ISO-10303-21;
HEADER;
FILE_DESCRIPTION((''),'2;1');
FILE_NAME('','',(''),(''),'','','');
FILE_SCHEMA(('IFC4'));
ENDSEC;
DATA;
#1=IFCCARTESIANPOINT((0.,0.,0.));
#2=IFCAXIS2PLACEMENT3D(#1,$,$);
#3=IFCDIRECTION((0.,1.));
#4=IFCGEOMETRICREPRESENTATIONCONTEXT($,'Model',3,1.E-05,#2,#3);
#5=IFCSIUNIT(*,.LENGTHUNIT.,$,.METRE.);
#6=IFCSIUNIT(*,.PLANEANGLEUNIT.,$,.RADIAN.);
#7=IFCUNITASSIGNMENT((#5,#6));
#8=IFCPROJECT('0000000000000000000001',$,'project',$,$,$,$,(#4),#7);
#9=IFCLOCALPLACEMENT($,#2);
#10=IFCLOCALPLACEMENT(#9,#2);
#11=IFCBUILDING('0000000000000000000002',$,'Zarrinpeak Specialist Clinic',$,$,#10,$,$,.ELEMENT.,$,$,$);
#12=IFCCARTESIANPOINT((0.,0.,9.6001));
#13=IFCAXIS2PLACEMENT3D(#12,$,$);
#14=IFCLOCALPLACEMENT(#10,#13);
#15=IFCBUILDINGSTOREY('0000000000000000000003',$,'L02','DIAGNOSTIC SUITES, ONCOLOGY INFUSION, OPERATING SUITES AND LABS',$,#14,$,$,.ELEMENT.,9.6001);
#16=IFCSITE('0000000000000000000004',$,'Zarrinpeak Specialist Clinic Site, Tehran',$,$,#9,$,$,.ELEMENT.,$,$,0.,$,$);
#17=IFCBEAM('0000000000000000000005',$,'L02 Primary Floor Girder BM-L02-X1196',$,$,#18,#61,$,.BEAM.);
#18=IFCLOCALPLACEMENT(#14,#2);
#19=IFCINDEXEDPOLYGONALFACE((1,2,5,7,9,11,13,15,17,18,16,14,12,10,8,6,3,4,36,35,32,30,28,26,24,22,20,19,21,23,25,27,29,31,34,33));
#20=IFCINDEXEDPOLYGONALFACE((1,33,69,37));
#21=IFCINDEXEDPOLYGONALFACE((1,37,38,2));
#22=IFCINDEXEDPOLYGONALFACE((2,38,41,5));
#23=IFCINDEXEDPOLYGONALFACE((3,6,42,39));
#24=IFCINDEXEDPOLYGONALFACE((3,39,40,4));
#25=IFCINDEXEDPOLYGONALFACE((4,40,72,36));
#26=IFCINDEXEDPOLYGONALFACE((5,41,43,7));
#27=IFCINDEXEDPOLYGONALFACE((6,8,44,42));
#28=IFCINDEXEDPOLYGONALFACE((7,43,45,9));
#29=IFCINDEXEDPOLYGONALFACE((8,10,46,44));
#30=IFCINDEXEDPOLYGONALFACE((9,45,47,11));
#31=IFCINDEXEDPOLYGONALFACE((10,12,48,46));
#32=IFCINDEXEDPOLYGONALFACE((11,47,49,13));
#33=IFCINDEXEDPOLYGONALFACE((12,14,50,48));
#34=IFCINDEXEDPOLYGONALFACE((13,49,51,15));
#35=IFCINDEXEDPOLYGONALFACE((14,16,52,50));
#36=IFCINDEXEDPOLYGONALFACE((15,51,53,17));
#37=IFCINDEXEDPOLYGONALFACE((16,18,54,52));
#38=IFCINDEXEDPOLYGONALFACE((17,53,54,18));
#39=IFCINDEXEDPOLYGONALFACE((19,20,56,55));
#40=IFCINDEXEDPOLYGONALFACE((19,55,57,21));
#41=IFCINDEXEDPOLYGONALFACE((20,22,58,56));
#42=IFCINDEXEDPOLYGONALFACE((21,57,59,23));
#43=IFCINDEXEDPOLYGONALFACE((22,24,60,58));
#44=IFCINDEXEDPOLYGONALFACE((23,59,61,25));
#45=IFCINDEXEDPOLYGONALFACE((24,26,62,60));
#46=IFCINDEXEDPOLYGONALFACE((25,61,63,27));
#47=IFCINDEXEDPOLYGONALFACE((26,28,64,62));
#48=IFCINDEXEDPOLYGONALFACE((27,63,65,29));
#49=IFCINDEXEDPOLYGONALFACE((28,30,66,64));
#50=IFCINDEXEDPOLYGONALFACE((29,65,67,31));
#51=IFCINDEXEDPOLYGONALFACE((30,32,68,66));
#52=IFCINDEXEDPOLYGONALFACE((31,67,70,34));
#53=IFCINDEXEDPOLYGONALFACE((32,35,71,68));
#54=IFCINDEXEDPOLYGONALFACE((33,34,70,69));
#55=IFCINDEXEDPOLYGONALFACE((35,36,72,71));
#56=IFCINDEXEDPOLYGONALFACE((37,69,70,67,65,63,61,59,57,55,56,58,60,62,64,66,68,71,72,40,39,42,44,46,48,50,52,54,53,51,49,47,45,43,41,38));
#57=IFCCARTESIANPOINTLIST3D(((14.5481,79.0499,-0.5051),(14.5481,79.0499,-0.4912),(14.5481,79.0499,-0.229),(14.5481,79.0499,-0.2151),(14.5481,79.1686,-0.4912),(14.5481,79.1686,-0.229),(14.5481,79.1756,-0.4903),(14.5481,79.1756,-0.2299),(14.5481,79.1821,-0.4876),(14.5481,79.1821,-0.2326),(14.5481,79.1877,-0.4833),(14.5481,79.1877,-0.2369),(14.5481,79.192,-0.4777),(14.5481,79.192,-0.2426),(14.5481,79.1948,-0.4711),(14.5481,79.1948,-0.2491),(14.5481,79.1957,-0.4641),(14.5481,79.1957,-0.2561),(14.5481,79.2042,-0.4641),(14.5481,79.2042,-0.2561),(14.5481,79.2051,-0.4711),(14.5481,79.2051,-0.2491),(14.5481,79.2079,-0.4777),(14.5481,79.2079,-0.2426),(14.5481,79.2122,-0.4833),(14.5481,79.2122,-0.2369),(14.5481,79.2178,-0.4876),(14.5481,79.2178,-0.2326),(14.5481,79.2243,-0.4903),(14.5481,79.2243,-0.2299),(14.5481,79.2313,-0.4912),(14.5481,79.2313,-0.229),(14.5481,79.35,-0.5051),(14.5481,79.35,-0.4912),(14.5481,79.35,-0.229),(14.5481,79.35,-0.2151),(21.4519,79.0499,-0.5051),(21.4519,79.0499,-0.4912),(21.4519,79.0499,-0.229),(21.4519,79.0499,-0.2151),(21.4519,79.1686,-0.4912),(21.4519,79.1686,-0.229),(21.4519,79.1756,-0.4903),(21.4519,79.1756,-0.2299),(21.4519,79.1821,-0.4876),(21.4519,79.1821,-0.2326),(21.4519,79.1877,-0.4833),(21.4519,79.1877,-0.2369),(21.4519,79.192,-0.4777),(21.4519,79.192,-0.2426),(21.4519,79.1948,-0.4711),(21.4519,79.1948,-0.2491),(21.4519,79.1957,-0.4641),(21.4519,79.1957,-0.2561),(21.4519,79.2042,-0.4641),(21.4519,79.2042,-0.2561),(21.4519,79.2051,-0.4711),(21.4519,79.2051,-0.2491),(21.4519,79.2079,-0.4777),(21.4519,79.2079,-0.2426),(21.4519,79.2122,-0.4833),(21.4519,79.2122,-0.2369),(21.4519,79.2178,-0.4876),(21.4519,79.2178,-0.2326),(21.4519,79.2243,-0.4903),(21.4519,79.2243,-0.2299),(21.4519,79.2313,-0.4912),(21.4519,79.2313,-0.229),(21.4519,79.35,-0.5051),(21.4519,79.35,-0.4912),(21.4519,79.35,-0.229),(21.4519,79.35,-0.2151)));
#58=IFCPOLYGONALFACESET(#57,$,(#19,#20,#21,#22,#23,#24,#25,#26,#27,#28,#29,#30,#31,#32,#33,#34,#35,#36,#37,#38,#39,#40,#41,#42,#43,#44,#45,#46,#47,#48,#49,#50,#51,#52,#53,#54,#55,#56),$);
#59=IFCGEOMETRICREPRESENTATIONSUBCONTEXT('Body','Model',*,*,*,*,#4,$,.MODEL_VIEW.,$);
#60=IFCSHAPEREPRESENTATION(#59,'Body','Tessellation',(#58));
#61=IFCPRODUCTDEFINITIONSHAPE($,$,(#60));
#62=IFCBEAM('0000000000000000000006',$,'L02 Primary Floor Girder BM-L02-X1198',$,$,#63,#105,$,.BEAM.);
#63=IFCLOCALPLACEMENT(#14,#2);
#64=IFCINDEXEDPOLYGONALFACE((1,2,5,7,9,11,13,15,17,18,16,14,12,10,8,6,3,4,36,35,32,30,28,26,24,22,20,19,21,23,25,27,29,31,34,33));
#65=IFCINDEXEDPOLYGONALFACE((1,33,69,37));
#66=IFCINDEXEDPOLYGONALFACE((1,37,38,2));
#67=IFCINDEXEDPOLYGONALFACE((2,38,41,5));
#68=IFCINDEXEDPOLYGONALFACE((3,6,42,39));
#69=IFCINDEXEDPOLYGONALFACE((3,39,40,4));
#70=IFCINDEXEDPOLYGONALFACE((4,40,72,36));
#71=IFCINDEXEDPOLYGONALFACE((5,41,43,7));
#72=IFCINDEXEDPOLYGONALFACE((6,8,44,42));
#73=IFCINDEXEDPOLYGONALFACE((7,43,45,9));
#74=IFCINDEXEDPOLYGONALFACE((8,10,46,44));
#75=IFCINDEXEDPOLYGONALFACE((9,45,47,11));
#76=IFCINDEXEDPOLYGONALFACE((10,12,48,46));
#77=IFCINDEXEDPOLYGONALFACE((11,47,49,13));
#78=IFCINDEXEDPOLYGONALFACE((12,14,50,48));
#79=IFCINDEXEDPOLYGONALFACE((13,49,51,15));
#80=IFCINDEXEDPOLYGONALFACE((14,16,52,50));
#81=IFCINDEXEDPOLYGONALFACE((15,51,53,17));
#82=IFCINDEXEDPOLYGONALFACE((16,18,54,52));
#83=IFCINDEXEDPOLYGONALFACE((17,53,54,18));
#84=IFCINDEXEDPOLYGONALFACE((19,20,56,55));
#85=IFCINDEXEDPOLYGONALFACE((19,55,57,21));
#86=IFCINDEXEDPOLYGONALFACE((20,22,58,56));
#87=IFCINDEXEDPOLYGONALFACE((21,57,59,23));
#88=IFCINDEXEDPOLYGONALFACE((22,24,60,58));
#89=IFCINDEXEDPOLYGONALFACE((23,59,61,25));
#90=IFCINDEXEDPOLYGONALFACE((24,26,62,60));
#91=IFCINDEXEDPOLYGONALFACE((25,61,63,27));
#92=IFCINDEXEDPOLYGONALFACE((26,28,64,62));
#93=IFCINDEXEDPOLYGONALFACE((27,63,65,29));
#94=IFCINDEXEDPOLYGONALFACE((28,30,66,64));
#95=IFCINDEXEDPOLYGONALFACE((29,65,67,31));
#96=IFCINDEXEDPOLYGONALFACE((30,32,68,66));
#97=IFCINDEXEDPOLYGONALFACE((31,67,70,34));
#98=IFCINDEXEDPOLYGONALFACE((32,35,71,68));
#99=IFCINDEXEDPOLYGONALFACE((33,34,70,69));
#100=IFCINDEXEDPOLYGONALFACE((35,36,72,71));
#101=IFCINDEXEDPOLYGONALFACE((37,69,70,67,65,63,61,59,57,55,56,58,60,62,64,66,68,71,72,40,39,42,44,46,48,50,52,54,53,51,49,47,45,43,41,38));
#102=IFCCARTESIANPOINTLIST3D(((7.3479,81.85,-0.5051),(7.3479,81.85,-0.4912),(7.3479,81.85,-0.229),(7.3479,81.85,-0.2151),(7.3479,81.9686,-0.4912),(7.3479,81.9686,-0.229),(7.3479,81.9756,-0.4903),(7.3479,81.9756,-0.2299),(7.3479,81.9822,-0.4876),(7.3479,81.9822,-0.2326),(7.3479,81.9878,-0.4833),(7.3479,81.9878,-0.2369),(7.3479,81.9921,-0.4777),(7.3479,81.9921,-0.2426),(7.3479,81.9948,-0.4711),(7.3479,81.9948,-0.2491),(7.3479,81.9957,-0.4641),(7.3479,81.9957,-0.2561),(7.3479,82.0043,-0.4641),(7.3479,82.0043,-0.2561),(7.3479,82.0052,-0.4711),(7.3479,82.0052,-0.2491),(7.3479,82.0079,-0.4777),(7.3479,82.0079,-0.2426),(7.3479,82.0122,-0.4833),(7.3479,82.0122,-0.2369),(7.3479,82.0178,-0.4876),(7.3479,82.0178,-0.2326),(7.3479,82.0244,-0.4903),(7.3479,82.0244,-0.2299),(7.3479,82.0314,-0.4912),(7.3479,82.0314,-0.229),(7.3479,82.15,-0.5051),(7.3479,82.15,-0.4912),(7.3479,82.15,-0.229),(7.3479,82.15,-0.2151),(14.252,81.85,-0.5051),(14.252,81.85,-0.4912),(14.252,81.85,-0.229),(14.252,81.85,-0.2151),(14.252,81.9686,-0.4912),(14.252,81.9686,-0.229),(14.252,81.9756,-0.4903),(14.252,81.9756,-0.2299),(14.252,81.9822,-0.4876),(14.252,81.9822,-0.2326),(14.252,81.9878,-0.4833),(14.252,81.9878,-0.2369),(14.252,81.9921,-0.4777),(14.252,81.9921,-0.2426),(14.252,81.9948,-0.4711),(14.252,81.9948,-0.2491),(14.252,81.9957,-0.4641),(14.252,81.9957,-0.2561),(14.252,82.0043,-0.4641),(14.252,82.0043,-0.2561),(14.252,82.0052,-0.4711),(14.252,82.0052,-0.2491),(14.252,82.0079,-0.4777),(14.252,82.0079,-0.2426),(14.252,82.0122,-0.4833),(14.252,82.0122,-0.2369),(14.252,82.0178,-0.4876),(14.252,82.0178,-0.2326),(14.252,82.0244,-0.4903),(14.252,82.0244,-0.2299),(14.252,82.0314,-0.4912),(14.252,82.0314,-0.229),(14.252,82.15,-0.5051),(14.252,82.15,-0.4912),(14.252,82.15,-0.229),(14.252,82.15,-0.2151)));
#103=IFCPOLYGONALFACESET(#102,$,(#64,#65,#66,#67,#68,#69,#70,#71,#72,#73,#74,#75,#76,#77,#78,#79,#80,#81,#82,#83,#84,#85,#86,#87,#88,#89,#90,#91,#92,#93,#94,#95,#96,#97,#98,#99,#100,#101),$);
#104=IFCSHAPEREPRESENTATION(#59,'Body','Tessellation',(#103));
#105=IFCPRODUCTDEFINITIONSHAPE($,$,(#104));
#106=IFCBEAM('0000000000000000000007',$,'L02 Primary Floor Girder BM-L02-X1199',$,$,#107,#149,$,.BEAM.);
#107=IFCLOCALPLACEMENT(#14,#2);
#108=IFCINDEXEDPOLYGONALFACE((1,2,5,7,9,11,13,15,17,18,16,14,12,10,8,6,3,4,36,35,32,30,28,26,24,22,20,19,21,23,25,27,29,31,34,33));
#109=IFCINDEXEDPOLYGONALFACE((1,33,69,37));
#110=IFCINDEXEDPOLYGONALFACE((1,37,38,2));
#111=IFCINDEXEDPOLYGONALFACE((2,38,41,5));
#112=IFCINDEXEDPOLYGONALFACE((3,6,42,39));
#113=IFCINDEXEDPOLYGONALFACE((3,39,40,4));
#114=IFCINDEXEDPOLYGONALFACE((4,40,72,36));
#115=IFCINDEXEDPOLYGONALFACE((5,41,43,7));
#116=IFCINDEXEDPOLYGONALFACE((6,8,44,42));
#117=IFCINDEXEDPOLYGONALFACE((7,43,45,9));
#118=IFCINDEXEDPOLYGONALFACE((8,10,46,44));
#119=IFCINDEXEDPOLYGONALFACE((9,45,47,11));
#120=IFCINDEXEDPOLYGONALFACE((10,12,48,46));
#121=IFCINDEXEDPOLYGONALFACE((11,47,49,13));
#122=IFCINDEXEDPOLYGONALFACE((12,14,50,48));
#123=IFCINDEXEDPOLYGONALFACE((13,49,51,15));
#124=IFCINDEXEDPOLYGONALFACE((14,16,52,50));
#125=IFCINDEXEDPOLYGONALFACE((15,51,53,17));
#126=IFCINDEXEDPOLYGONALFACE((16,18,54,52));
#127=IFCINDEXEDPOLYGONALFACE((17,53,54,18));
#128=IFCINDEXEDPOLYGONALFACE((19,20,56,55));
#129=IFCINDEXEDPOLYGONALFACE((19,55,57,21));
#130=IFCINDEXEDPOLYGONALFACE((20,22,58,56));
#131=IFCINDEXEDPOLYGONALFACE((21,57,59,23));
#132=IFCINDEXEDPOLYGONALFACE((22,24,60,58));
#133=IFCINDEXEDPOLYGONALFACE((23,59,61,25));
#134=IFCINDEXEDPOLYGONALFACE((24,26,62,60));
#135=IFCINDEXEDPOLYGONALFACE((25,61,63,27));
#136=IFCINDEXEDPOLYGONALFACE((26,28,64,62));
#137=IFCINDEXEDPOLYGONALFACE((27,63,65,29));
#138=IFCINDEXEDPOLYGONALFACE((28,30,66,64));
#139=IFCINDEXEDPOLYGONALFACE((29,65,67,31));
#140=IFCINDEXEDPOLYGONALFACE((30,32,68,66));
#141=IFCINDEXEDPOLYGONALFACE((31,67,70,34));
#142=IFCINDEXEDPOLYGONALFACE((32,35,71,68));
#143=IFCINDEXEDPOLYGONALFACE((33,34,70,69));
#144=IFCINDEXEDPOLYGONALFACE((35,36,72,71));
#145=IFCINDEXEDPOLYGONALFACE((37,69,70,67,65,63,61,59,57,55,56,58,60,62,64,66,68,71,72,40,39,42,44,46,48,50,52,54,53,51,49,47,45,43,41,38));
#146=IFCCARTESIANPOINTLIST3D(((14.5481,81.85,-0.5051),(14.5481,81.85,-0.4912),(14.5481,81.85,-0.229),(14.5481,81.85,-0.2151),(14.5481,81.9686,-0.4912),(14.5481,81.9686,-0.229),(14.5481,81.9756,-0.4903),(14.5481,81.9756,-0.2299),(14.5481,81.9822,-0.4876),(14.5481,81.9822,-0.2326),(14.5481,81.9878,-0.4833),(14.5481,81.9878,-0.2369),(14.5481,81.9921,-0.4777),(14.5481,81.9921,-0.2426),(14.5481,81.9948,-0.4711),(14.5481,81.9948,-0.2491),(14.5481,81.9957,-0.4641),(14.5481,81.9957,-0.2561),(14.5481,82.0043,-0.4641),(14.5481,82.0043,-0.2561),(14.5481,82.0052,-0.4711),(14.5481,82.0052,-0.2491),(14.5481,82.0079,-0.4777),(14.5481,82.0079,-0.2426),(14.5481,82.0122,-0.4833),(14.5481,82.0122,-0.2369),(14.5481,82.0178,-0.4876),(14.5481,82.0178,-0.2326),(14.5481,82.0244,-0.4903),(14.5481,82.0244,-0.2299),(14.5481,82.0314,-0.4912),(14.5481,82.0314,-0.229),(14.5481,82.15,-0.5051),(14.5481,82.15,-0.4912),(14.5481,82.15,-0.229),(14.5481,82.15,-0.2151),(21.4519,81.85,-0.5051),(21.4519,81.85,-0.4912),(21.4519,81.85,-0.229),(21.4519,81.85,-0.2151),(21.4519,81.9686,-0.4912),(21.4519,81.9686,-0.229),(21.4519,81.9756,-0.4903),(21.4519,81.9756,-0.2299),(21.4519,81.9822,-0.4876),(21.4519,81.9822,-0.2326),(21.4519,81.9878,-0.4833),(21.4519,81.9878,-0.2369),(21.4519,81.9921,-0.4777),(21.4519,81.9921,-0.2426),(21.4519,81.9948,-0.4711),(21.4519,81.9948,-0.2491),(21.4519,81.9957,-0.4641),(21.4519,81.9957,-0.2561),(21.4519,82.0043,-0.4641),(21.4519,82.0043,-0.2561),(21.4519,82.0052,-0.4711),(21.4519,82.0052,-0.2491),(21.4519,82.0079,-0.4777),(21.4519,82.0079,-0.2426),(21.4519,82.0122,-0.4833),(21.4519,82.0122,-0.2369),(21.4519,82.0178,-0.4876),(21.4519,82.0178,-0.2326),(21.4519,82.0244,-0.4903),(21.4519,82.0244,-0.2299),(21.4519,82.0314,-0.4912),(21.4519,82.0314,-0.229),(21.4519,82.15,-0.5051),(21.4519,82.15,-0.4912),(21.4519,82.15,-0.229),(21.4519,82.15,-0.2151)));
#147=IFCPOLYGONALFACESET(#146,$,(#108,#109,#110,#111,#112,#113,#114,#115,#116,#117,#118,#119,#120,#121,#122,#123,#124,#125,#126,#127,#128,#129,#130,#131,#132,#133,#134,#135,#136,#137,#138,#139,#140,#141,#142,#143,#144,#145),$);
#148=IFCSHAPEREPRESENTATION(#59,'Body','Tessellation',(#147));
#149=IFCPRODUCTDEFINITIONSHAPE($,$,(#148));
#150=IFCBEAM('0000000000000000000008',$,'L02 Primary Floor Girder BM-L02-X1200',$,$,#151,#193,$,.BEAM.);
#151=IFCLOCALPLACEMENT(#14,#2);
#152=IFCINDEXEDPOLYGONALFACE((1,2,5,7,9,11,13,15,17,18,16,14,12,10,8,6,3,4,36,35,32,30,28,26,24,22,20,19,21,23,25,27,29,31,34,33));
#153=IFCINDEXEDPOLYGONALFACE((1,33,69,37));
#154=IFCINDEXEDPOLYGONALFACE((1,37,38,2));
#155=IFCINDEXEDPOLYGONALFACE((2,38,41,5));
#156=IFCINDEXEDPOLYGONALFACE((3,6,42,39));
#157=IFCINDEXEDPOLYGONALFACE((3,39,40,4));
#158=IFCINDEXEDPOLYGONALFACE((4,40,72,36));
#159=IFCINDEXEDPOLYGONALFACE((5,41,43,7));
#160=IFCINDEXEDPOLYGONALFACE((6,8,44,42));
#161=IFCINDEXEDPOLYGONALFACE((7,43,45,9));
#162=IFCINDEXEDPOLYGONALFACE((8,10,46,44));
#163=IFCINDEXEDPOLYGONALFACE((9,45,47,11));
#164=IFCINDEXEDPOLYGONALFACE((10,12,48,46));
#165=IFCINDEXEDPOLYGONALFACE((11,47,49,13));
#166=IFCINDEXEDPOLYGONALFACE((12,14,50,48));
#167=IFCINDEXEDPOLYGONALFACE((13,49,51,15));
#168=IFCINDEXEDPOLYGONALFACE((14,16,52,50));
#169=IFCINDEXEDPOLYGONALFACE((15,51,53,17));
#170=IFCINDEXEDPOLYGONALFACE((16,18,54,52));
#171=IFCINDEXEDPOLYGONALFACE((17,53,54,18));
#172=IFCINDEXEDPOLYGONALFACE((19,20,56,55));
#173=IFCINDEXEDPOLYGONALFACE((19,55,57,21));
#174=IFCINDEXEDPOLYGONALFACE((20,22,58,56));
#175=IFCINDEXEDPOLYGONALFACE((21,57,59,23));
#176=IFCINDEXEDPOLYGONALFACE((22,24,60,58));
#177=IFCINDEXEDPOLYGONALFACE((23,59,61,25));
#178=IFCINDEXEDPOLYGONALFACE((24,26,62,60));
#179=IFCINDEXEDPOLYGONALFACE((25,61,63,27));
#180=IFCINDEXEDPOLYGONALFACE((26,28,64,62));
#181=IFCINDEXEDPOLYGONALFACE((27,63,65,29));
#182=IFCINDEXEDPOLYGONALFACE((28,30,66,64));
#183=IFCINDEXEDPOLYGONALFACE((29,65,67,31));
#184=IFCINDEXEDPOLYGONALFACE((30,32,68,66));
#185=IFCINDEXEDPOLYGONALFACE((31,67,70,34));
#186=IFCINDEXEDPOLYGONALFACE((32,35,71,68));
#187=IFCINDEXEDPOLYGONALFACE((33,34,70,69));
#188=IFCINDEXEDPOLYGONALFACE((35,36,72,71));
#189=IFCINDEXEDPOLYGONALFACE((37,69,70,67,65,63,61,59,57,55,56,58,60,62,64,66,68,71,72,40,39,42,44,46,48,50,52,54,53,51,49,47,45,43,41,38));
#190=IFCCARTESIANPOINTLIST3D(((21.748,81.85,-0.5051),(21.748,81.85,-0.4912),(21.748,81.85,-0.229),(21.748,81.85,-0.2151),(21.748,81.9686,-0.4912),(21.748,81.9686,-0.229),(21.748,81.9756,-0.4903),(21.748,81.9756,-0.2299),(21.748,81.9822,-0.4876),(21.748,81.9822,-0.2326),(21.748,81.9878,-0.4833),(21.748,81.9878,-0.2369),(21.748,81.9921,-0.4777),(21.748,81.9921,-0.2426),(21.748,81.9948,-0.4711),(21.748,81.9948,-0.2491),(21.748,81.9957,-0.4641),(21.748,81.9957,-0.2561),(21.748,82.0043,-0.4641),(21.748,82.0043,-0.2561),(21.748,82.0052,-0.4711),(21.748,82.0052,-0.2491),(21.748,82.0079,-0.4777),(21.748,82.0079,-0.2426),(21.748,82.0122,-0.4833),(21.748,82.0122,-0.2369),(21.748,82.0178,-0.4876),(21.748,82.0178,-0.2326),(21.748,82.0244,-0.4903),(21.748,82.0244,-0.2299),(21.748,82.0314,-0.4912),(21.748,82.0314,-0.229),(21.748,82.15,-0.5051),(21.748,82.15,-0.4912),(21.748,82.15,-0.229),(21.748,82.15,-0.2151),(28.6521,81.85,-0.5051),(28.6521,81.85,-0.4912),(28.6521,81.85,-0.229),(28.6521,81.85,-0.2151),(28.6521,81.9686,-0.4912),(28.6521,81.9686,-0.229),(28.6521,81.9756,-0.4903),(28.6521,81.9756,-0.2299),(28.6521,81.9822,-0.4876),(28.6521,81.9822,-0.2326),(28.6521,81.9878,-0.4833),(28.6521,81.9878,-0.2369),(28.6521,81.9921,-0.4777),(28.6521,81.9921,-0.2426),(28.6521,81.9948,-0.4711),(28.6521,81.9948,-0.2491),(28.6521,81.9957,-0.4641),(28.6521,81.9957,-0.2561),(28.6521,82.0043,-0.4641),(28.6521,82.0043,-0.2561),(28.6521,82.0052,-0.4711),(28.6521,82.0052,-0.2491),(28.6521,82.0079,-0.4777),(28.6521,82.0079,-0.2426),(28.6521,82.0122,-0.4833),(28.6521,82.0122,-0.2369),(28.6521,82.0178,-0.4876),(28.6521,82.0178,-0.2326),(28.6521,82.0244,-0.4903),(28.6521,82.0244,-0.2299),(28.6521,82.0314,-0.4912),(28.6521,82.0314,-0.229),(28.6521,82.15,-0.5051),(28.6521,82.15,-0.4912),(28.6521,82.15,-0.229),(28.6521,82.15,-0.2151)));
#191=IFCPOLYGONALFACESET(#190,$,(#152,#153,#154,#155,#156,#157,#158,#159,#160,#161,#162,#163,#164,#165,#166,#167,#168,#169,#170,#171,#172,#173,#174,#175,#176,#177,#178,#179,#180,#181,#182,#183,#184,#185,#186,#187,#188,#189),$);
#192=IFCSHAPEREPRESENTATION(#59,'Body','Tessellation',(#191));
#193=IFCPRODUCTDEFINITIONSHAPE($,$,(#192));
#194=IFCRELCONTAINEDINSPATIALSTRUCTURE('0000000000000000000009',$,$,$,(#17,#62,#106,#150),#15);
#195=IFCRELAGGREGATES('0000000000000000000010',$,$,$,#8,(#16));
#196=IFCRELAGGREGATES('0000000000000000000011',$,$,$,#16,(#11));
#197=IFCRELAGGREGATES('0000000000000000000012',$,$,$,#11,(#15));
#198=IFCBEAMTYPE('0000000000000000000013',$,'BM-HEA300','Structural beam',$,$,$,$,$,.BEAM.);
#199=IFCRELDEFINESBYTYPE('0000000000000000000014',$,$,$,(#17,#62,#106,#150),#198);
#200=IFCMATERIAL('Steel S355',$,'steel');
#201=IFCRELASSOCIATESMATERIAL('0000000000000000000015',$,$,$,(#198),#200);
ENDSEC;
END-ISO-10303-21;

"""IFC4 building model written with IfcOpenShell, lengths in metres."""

from ifc_helpers import new_model, si_unit, direction, frame, origin, origin_2d, place, context, subcontext, project, spatial, i_section, extrude, material, material_profile, profile_set, type_object, element, save


model = new_model("IFC4")

# Units and contexts
model_context = context("Model", 3, precision=1e-05, world=origin(), true_north=direction((0.0, 1.0)))
body_context = subcontext(model_context, "Body", "Model", "MODEL_VIEW")
ifc_project = project(units=[si_unit("LENGTHUNIT", "METRE"), si_unit("PLANEANGLEUNIT", "RADIAN")], contexts=[model_context])

# Site, building, storey
site_placement = place(None, origin())
site = spatial("IfcSite", under=ifc_project, at=site_placement, Name="Zarrinpeak Specialist Clinic Site, Tehran", CompositionType="ELEMENT", RefElevation=0.0)
building_placement = place(site_placement, origin())
building = spatial("IfcBuilding", under=site, at=building_placement, Name="Zarrinpeak Specialist Clinic", CompositionType="ELEMENT")
storey_placement = place(building_placement, frame((0.0, 0.0, 9.6001)))
storey = spatial("IfcBuildingStorey", under=building, at=storey_placement, Name="L02", Description="DIAGNOSTIC SUITES, ONCOLOGY INFUSION, OPERATING SUITES AND LABS", CompositionType="ELEMENT", Elevation=9.6001)

# Shared definitions
ifc_material_1 = material(Name="Steel S355", Category="steel")

# Beams
ifc_material_profile_1 = material_profile(ifc_material_1, i_section(OverallWidth=0.3, OverallDepth=0.29, WebThickness=0.0085, FlangeThickness=0.0139, FilletRadius=0.0271, at=origin_2d()), Name="HEA 300")
ifc_profile_set_1 = profile_set([ifc_material_profile_1], Name="Steel S355")
beam_type_1 = type_object("IfcBeamType", Name="BM-HEA300", Description="Structural beam", PredefinedType="BEAM", material=ifc_profile_set_1)
beam_1_placement = place(storey_placement, frame((14.5481, 79.2, -0.3601), z_axis=(1.0, 0.0, 0.0), x_axis=(0.0, 1.0, 0.0)))
element("IfcBeam", 1, at=beam_1_placement, inside=storey, type_object=beam_type_1, Name="L02 Primary Floor Girder BM-L02-X1196", PredefinedType="BEAM", context=body_context, shape_type="SweptSolid", body=[
    extrude(i_section(OverallWidth=0.3, OverallDepth=0.29, WebThickness=0.0085, FlangeThickness=0.0139, FilletRadius=0.0271, at=origin_2d()), origin(), (0.0, 0.0, 1.0), 6.9038),
])
beam_2_placement = place(storey_placement, frame((7.3479, 82.0, -0.3601), z_axis=(1.0, 0.0, 0.0), x_axis=(0.0, 1.0, 0.0)))
element("IfcBeam", 2, at=beam_2_placement, inside=storey, type_object=beam_type_1, Name="L02 Primary Floor Girder BM-L02-X1198", PredefinedType="BEAM", context=body_context, shape_type="SweptSolid", body=[
    extrude(i_section(OverallWidth=0.3, OverallDepth=0.29, WebThickness=0.0085, FlangeThickness=0.0139, FilletRadius=0.0271, at=origin_2d()), origin(), (0.0, 0.0, 1.0), 6.9041),
])
beam_3_placement = place(storey_placement, frame((14.5481, 82.0, -0.3601), z_axis=(1.0, 0.0, 0.0), x_axis=(0.0, 1.0, 0.0)))
element("IfcBeam", 3, at=beam_3_placement, inside=storey, type_object=beam_type_1, Name="L02 Primary Floor Girder BM-L02-X1199", PredefinedType="BEAM", context=body_context, shape_type="SweptSolid", body=[
    extrude(i_section(OverallWidth=0.3, OverallDepth=0.29, WebThickness=0.0085, FlangeThickness=0.0139, FilletRadius=0.0271, at=origin_2d()), origin(), (0.0, 0.0, 1.0), 6.9038),
])
beam_4_placement = place(storey_placement, frame((21.748, 82.0, -0.3601), z_axis=(1.0, 0.0, 0.0), x_axis=(0.0, 1.0, 0.0)))
element("IfcBeam", 4, at=beam_4_placement, inside=storey, type_object=beam_type_1, Name="L02 Primary Floor Girder BM-L02-X1200", PredefinedType="BEAM", context=body_context, shape_type="SweptSolid", body=[
    extrude(i_section(OverallWidth=0.3, OverallDepth=0.29, WebThickness=0.0085, FlangeThickness=0.0139, FilletRadius=0.0271, at=origin_2d()), origin(), (0.0, 0.0, 1.0), 6.9041),
])

save(model, "model.ifc")
